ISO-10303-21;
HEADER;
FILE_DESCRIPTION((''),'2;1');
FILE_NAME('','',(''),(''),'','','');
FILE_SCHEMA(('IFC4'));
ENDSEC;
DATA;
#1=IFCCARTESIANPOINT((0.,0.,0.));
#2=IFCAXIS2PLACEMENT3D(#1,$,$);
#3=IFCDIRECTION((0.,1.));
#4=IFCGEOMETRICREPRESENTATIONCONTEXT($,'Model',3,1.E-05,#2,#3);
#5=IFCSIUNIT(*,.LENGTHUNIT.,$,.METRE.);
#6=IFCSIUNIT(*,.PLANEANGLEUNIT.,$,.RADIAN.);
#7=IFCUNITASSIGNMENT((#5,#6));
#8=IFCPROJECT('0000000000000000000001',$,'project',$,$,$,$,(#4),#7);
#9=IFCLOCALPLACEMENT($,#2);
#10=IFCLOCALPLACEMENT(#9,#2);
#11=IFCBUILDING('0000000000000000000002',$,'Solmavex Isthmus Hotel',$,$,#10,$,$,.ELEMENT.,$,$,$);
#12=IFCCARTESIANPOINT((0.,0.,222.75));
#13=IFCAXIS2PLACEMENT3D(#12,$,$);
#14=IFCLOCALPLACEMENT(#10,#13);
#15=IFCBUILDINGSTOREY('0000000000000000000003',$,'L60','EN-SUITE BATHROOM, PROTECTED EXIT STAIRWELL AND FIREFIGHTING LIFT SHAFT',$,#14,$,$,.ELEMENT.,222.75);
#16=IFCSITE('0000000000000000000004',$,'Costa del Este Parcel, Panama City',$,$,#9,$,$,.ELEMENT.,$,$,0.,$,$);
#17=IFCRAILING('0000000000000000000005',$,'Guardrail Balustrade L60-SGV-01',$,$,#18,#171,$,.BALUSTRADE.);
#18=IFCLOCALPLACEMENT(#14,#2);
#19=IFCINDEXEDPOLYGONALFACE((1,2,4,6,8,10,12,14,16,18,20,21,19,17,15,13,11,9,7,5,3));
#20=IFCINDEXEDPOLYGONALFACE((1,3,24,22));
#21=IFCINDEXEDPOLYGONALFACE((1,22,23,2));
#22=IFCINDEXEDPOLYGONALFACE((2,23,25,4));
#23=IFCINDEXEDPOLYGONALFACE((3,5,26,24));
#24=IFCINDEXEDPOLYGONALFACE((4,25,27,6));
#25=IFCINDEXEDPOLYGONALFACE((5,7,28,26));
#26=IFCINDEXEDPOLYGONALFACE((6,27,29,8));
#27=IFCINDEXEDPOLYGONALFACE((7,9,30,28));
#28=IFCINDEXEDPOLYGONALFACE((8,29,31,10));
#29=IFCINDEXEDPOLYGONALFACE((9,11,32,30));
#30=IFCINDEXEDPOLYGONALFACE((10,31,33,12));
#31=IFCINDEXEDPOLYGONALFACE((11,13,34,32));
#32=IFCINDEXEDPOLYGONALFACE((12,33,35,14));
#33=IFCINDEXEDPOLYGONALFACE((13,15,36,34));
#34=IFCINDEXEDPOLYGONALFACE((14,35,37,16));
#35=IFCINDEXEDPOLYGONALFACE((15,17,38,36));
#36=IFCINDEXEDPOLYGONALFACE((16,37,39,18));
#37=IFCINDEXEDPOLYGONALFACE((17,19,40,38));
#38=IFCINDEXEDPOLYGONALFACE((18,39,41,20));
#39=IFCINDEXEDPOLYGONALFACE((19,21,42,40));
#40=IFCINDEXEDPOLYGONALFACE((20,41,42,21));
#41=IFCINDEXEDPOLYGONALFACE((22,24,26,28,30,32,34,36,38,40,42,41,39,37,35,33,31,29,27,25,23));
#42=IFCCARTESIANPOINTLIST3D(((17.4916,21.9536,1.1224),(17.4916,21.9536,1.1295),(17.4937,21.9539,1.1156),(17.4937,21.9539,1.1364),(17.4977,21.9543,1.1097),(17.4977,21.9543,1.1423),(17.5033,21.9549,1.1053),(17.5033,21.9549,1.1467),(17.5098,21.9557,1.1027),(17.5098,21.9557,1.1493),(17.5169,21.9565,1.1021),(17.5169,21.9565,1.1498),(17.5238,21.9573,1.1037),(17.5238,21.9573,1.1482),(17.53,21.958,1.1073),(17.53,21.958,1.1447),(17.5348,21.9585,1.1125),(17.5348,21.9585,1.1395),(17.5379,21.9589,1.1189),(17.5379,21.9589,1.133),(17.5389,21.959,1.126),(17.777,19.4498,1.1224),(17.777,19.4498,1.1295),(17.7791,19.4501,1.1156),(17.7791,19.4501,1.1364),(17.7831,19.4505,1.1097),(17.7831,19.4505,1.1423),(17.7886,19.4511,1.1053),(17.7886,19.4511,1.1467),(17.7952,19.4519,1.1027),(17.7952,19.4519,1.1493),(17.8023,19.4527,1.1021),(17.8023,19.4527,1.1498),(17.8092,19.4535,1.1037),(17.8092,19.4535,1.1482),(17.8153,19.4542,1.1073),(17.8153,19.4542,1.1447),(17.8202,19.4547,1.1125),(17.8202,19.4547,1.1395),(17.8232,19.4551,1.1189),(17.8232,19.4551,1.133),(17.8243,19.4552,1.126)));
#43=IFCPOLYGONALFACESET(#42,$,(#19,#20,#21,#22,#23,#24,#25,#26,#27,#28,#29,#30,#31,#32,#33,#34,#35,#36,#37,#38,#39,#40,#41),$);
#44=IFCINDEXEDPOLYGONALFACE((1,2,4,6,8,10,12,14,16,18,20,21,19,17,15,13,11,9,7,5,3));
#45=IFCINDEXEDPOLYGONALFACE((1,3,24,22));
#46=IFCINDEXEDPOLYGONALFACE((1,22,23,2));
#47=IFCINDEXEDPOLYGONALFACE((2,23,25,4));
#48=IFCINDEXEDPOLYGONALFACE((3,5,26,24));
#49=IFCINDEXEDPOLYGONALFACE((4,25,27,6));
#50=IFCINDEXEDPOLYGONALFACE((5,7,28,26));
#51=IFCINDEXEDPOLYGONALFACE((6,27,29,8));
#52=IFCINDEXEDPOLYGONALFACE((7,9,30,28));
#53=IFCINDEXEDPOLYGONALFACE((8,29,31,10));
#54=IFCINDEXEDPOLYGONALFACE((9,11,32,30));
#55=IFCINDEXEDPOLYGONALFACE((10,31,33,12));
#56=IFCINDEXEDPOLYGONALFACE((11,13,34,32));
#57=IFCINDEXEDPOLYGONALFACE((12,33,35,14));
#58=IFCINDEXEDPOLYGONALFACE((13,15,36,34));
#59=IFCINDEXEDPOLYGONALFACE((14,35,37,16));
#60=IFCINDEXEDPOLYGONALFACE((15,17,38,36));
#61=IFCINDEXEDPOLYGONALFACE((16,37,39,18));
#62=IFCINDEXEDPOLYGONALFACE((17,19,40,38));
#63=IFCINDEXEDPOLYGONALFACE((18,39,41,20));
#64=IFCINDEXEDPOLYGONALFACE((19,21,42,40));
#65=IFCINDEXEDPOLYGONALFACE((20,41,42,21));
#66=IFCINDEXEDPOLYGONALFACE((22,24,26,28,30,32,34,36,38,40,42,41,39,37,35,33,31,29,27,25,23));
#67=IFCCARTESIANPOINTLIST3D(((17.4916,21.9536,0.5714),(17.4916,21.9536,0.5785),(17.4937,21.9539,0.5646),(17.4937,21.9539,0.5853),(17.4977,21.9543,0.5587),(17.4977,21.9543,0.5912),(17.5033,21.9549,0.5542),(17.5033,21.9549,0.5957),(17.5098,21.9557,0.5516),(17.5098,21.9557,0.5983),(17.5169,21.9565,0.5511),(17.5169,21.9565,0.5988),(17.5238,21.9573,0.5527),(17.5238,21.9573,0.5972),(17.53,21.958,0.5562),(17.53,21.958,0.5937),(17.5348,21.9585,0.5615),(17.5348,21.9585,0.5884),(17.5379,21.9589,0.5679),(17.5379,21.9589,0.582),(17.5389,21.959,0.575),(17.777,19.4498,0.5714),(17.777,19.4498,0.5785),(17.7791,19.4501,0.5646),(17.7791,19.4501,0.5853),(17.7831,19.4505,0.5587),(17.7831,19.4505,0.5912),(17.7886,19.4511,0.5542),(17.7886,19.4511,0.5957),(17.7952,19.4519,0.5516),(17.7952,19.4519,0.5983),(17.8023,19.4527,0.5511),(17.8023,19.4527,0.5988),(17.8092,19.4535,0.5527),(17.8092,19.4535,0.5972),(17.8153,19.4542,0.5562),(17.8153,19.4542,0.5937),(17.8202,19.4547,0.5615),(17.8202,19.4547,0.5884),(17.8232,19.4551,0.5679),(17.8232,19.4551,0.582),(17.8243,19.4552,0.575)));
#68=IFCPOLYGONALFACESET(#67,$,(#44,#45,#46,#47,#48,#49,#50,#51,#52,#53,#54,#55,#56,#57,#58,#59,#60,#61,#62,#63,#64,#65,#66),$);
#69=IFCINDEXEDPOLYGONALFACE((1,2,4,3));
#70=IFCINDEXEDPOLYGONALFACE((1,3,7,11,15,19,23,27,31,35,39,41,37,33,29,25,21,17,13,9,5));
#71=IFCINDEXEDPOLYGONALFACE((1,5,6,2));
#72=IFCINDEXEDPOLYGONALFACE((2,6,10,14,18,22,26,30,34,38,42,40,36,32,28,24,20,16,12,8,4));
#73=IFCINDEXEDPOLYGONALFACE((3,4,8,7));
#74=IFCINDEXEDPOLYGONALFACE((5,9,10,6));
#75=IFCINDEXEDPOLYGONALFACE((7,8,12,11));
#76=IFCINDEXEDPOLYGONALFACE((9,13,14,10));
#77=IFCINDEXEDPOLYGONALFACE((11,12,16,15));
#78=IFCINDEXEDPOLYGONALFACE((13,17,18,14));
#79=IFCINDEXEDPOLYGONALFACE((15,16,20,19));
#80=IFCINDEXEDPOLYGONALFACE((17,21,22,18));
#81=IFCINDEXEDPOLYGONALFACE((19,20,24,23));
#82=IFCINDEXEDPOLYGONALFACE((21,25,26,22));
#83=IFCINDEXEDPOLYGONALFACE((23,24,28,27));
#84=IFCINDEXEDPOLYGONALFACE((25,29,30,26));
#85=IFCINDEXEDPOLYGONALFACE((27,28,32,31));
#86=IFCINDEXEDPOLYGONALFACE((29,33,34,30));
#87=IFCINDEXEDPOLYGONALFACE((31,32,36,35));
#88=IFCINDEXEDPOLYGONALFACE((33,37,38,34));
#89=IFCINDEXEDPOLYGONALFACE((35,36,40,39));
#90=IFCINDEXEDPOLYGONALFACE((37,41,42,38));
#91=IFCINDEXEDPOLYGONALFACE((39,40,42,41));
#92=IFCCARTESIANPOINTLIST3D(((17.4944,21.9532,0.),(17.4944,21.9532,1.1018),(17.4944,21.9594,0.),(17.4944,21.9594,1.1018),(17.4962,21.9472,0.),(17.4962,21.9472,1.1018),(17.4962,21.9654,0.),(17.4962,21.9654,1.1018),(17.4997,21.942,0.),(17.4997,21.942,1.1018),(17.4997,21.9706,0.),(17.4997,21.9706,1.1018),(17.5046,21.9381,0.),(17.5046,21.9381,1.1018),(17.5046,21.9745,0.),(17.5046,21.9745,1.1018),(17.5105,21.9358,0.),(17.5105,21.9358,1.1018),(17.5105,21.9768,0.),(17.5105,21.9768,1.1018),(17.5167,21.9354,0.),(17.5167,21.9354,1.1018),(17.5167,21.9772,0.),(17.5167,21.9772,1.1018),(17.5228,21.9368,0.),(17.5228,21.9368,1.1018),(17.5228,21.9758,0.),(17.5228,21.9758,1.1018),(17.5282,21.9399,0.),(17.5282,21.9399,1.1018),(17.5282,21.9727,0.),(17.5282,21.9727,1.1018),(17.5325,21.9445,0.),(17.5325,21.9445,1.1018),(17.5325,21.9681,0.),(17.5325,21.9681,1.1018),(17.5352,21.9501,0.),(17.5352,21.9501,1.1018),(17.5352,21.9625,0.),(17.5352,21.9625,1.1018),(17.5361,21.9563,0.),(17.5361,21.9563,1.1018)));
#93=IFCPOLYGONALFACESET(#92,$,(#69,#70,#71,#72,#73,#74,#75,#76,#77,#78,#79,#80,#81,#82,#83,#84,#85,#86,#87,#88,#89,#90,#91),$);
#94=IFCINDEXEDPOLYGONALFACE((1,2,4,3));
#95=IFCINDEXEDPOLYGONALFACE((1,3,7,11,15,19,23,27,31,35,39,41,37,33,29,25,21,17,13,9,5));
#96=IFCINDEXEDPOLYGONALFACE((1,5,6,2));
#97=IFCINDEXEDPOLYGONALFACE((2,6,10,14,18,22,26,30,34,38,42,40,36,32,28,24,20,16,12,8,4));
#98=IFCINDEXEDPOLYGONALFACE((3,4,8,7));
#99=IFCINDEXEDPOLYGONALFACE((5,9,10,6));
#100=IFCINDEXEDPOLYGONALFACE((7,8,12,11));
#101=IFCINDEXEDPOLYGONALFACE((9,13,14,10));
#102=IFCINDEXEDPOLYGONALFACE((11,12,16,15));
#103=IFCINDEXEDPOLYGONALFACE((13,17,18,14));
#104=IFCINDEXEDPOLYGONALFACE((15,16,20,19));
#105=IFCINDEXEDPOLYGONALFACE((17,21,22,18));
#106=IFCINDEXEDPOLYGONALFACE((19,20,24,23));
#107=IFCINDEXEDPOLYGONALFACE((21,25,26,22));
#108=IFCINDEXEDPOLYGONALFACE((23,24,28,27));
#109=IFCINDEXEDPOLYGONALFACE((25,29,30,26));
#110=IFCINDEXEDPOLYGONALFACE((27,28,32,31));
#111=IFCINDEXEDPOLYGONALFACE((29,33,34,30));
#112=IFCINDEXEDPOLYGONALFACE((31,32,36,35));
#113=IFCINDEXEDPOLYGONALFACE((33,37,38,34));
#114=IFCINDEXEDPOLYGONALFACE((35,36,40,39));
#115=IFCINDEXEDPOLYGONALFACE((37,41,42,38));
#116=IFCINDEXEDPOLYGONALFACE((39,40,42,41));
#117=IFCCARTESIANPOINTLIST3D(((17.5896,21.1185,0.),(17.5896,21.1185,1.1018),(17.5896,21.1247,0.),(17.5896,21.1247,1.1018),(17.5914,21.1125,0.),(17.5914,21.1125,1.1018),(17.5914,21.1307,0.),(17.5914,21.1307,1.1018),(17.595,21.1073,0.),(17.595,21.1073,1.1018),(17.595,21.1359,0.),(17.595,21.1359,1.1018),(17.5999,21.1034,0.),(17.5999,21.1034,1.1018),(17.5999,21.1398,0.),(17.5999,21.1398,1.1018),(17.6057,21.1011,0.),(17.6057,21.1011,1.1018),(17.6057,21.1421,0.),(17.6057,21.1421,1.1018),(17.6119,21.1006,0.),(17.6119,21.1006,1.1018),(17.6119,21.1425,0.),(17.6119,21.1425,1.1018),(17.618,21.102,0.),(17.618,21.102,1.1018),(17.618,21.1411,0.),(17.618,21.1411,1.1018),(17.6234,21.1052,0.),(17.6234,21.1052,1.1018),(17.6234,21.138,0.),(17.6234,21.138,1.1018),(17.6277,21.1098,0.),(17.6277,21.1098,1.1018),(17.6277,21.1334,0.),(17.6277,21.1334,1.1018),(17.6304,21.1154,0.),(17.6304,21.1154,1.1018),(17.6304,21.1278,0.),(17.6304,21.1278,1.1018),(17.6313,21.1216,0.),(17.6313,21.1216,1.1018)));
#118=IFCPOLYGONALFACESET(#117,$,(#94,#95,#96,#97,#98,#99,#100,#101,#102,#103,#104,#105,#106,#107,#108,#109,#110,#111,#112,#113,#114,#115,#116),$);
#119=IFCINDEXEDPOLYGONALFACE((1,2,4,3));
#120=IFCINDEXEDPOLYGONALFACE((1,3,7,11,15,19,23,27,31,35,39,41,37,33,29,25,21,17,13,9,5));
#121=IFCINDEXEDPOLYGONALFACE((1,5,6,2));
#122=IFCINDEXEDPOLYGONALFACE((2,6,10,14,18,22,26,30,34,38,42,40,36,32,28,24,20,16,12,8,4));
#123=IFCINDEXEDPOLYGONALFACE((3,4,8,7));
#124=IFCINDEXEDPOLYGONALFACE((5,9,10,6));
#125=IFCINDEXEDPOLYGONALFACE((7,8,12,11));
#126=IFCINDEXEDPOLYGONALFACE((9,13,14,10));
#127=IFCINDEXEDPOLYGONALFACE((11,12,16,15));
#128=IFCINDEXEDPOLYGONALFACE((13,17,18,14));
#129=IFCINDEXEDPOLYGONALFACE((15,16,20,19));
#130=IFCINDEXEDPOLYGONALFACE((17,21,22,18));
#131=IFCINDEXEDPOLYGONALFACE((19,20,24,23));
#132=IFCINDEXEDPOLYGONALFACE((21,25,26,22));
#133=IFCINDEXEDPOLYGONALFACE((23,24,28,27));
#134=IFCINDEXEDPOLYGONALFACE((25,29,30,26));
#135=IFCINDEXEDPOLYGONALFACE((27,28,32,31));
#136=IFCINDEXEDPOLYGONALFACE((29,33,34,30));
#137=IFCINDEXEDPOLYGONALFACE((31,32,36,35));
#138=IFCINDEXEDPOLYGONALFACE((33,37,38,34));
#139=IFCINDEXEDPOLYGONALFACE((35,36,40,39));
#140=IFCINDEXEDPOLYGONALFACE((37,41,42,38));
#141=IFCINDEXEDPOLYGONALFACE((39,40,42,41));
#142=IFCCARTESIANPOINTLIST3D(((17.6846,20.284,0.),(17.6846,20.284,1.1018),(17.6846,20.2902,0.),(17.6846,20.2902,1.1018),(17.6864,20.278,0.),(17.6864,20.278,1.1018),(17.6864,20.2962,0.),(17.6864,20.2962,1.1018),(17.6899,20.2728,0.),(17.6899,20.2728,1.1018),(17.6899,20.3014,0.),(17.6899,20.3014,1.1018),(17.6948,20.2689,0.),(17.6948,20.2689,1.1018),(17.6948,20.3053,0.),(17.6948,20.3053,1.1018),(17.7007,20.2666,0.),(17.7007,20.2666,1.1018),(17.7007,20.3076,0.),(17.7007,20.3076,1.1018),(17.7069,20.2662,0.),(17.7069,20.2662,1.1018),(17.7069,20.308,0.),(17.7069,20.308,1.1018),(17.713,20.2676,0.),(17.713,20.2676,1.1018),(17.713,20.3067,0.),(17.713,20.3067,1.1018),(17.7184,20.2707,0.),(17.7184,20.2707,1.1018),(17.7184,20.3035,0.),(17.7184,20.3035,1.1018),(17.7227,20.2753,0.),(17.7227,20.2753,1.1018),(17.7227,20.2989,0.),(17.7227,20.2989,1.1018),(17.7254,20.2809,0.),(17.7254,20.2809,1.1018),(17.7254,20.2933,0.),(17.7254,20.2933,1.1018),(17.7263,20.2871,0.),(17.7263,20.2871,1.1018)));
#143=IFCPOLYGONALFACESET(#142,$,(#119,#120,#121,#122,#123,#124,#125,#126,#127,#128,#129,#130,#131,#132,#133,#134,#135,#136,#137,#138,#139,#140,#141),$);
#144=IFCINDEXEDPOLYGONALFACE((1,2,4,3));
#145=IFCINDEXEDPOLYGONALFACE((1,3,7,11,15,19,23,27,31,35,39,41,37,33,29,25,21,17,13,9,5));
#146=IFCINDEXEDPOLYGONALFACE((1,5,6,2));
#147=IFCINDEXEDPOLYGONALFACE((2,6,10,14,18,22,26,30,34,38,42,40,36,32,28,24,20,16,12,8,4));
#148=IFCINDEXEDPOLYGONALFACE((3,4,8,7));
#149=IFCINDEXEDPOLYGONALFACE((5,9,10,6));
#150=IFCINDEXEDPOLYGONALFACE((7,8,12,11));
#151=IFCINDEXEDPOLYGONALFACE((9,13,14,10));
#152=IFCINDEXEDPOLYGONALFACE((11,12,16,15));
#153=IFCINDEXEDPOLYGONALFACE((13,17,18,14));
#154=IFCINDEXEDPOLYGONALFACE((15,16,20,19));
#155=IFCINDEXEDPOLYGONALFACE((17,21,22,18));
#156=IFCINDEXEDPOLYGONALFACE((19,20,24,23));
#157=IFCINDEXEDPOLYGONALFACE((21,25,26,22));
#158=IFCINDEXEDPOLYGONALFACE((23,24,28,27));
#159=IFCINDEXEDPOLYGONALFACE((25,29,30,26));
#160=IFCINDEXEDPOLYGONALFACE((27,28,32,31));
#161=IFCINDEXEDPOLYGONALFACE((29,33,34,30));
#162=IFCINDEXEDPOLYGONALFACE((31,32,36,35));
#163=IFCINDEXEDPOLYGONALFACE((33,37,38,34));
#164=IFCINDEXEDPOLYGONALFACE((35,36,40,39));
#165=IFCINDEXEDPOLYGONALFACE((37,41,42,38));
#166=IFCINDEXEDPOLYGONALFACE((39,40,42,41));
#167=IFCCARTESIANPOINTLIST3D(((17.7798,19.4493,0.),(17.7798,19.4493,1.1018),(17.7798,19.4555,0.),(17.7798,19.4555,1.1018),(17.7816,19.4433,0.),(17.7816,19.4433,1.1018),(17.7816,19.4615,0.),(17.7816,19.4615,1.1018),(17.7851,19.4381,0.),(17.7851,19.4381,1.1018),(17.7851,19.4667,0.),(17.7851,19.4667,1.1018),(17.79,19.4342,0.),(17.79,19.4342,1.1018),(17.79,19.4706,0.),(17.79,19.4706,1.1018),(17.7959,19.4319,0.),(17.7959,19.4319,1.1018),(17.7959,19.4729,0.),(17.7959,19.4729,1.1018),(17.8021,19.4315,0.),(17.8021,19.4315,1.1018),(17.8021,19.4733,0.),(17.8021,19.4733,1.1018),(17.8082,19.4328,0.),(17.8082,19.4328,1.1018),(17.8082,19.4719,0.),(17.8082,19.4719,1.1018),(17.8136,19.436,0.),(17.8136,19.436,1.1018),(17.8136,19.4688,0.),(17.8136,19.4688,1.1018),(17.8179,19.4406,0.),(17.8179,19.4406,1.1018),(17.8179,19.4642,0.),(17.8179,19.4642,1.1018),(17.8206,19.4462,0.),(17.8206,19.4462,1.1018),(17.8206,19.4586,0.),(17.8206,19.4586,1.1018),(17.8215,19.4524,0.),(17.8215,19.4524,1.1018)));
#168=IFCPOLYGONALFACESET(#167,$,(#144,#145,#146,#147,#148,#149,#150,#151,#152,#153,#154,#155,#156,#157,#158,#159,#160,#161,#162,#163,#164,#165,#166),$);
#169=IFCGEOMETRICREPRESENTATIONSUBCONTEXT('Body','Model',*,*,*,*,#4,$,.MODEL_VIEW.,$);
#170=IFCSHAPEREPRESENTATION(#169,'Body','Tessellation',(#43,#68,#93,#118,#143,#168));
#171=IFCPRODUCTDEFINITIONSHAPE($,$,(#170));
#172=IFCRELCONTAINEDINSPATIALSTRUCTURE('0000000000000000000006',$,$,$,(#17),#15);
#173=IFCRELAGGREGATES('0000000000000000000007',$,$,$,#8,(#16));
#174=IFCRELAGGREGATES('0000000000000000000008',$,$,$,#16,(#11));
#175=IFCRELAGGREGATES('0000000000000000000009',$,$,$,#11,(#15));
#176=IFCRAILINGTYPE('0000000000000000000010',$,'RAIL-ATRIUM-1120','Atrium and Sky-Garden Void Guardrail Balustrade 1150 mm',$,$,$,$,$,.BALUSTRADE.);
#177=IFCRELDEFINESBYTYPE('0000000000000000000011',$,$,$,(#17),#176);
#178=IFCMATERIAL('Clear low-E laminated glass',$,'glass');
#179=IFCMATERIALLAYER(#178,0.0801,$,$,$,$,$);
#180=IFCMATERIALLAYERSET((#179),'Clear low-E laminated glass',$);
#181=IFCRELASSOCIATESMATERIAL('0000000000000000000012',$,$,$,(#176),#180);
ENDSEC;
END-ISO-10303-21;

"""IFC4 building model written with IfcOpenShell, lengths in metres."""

from ifc_helpers import new_model, si_unit, direction, frame, origin, origin_2d, place, context, subcontext, project, spatial, circle, extrude, material, layer, layer_set, type_object, element, save


model = new_model("IFC4")

# Units and contexts
model_context = context("Model", 3, precision=1e-05, world=origin(), true_north=direction((0.0, 1.0)))
body_context = subcontext(model_context, "Body", "Model", "MODEL_VIEW")
ifc_project = project(units=[si_unit("LENGTHUNIT", "METRE"), si_unit("PLANEANGLEUNIT", "RADIAN")], contexts=[model_context])

# Site, building, storey
site_placement = place(None, origin())
site = spatial("IfcSite", under=ifc_project, at=site_placement, Name="Costa del Este Parcel, Panama City", CompositionType="ELEMENT", RefElevation=0.0)
building_placement = place(site_placement, origin())
building = spatial("IfcBuilding", under=site, at=building_placement, Name="Solmavex Isthmus Hotel", CompositionType="ELEMENT")
storey_placement = place(building_placement, frame((0.0, 0.0, 222.75)))
storey = spatial("IfcBuildingStorey", under=building, at=storey_placement, Name="L60", Description="EN-SUITE BATHROOM, PROTECTED EXIT STAIRWELL AND FIREFIGHTING LIFT SHAFT", CompositionType="ELEMENT", Elevation=222.75)

# Shared definitions
ifc_material_1 = material(Name="Clear low-E laminated glass", Category="glass")

# Railing
ifc_layer_1 = layer(ifc_material_1, 0.0801)
ifc_layer_set_1 = layer_set([ifc_layer_1], Name="Clear low-E laminated glass")
railing_type_1 = type_object("IfcRailingType", Name="RAIL-ATRIUM-1120", Description="Atrium and Sky-Garden Void Guardrail Balustrade 1150 mm", PredefinedType="BALUSTRADE", material=ifc_layer_set_1)
railing_1_placement = place(storey_placement, frame((17.5151, 21.9563, 0.0)))
element("IfcRailing", 1, at=railing_1_placement, inside=storey, type_object=railing_type_1, Name="Guardrail Balustrade L60-SGV-01", PredefinedType="BALUSTRADE", context=body_context, shape_type="SweptSolid", body=[
    extrude(circle(Radius=0.0239, at=origin_2d()), frame((0.0, 0.0, 1.126), z_axis=(0.113249, -0.993567, 0.0), x_axis=(0.993567, 0.113249, 0.0)), (0.0, 0.0, 1.0), 2.52),
    extrude(circle(Radius=0.0239, at=origin_2d()), frame((0.0, 0.0, 0.575), z_axis=(0.113249, -0.993567, 0.0), x_axis=(0.993567, 0.113249, 0.0)), (0.0, 0.0, 1.0), 2.52),
    extrude(circle(Radius=0.021, at=origin_2d()), origin(), (0.0, 0.0, 1.0), 1.1018),
    extrude(circle(Radius=0.021, at=origin_2d()), frame((0.0952, -0.8347, 0.0)), (0.0, 0.0, 1.0), 1.1018),
    extrude(circle(Radius=0.021, at=origin_2d()), frame((0.1902, -1.6692, 0.0)), (0.0, 0.0, 1.0), 1.1018),
    extrude(circle(Radius=0.021, at=origin_2d()), frame((0.2854, -2.5039, 0.0)), (0.0, 0.0, 1.0), 1.1018),
])

save(model, "model.ifc")
